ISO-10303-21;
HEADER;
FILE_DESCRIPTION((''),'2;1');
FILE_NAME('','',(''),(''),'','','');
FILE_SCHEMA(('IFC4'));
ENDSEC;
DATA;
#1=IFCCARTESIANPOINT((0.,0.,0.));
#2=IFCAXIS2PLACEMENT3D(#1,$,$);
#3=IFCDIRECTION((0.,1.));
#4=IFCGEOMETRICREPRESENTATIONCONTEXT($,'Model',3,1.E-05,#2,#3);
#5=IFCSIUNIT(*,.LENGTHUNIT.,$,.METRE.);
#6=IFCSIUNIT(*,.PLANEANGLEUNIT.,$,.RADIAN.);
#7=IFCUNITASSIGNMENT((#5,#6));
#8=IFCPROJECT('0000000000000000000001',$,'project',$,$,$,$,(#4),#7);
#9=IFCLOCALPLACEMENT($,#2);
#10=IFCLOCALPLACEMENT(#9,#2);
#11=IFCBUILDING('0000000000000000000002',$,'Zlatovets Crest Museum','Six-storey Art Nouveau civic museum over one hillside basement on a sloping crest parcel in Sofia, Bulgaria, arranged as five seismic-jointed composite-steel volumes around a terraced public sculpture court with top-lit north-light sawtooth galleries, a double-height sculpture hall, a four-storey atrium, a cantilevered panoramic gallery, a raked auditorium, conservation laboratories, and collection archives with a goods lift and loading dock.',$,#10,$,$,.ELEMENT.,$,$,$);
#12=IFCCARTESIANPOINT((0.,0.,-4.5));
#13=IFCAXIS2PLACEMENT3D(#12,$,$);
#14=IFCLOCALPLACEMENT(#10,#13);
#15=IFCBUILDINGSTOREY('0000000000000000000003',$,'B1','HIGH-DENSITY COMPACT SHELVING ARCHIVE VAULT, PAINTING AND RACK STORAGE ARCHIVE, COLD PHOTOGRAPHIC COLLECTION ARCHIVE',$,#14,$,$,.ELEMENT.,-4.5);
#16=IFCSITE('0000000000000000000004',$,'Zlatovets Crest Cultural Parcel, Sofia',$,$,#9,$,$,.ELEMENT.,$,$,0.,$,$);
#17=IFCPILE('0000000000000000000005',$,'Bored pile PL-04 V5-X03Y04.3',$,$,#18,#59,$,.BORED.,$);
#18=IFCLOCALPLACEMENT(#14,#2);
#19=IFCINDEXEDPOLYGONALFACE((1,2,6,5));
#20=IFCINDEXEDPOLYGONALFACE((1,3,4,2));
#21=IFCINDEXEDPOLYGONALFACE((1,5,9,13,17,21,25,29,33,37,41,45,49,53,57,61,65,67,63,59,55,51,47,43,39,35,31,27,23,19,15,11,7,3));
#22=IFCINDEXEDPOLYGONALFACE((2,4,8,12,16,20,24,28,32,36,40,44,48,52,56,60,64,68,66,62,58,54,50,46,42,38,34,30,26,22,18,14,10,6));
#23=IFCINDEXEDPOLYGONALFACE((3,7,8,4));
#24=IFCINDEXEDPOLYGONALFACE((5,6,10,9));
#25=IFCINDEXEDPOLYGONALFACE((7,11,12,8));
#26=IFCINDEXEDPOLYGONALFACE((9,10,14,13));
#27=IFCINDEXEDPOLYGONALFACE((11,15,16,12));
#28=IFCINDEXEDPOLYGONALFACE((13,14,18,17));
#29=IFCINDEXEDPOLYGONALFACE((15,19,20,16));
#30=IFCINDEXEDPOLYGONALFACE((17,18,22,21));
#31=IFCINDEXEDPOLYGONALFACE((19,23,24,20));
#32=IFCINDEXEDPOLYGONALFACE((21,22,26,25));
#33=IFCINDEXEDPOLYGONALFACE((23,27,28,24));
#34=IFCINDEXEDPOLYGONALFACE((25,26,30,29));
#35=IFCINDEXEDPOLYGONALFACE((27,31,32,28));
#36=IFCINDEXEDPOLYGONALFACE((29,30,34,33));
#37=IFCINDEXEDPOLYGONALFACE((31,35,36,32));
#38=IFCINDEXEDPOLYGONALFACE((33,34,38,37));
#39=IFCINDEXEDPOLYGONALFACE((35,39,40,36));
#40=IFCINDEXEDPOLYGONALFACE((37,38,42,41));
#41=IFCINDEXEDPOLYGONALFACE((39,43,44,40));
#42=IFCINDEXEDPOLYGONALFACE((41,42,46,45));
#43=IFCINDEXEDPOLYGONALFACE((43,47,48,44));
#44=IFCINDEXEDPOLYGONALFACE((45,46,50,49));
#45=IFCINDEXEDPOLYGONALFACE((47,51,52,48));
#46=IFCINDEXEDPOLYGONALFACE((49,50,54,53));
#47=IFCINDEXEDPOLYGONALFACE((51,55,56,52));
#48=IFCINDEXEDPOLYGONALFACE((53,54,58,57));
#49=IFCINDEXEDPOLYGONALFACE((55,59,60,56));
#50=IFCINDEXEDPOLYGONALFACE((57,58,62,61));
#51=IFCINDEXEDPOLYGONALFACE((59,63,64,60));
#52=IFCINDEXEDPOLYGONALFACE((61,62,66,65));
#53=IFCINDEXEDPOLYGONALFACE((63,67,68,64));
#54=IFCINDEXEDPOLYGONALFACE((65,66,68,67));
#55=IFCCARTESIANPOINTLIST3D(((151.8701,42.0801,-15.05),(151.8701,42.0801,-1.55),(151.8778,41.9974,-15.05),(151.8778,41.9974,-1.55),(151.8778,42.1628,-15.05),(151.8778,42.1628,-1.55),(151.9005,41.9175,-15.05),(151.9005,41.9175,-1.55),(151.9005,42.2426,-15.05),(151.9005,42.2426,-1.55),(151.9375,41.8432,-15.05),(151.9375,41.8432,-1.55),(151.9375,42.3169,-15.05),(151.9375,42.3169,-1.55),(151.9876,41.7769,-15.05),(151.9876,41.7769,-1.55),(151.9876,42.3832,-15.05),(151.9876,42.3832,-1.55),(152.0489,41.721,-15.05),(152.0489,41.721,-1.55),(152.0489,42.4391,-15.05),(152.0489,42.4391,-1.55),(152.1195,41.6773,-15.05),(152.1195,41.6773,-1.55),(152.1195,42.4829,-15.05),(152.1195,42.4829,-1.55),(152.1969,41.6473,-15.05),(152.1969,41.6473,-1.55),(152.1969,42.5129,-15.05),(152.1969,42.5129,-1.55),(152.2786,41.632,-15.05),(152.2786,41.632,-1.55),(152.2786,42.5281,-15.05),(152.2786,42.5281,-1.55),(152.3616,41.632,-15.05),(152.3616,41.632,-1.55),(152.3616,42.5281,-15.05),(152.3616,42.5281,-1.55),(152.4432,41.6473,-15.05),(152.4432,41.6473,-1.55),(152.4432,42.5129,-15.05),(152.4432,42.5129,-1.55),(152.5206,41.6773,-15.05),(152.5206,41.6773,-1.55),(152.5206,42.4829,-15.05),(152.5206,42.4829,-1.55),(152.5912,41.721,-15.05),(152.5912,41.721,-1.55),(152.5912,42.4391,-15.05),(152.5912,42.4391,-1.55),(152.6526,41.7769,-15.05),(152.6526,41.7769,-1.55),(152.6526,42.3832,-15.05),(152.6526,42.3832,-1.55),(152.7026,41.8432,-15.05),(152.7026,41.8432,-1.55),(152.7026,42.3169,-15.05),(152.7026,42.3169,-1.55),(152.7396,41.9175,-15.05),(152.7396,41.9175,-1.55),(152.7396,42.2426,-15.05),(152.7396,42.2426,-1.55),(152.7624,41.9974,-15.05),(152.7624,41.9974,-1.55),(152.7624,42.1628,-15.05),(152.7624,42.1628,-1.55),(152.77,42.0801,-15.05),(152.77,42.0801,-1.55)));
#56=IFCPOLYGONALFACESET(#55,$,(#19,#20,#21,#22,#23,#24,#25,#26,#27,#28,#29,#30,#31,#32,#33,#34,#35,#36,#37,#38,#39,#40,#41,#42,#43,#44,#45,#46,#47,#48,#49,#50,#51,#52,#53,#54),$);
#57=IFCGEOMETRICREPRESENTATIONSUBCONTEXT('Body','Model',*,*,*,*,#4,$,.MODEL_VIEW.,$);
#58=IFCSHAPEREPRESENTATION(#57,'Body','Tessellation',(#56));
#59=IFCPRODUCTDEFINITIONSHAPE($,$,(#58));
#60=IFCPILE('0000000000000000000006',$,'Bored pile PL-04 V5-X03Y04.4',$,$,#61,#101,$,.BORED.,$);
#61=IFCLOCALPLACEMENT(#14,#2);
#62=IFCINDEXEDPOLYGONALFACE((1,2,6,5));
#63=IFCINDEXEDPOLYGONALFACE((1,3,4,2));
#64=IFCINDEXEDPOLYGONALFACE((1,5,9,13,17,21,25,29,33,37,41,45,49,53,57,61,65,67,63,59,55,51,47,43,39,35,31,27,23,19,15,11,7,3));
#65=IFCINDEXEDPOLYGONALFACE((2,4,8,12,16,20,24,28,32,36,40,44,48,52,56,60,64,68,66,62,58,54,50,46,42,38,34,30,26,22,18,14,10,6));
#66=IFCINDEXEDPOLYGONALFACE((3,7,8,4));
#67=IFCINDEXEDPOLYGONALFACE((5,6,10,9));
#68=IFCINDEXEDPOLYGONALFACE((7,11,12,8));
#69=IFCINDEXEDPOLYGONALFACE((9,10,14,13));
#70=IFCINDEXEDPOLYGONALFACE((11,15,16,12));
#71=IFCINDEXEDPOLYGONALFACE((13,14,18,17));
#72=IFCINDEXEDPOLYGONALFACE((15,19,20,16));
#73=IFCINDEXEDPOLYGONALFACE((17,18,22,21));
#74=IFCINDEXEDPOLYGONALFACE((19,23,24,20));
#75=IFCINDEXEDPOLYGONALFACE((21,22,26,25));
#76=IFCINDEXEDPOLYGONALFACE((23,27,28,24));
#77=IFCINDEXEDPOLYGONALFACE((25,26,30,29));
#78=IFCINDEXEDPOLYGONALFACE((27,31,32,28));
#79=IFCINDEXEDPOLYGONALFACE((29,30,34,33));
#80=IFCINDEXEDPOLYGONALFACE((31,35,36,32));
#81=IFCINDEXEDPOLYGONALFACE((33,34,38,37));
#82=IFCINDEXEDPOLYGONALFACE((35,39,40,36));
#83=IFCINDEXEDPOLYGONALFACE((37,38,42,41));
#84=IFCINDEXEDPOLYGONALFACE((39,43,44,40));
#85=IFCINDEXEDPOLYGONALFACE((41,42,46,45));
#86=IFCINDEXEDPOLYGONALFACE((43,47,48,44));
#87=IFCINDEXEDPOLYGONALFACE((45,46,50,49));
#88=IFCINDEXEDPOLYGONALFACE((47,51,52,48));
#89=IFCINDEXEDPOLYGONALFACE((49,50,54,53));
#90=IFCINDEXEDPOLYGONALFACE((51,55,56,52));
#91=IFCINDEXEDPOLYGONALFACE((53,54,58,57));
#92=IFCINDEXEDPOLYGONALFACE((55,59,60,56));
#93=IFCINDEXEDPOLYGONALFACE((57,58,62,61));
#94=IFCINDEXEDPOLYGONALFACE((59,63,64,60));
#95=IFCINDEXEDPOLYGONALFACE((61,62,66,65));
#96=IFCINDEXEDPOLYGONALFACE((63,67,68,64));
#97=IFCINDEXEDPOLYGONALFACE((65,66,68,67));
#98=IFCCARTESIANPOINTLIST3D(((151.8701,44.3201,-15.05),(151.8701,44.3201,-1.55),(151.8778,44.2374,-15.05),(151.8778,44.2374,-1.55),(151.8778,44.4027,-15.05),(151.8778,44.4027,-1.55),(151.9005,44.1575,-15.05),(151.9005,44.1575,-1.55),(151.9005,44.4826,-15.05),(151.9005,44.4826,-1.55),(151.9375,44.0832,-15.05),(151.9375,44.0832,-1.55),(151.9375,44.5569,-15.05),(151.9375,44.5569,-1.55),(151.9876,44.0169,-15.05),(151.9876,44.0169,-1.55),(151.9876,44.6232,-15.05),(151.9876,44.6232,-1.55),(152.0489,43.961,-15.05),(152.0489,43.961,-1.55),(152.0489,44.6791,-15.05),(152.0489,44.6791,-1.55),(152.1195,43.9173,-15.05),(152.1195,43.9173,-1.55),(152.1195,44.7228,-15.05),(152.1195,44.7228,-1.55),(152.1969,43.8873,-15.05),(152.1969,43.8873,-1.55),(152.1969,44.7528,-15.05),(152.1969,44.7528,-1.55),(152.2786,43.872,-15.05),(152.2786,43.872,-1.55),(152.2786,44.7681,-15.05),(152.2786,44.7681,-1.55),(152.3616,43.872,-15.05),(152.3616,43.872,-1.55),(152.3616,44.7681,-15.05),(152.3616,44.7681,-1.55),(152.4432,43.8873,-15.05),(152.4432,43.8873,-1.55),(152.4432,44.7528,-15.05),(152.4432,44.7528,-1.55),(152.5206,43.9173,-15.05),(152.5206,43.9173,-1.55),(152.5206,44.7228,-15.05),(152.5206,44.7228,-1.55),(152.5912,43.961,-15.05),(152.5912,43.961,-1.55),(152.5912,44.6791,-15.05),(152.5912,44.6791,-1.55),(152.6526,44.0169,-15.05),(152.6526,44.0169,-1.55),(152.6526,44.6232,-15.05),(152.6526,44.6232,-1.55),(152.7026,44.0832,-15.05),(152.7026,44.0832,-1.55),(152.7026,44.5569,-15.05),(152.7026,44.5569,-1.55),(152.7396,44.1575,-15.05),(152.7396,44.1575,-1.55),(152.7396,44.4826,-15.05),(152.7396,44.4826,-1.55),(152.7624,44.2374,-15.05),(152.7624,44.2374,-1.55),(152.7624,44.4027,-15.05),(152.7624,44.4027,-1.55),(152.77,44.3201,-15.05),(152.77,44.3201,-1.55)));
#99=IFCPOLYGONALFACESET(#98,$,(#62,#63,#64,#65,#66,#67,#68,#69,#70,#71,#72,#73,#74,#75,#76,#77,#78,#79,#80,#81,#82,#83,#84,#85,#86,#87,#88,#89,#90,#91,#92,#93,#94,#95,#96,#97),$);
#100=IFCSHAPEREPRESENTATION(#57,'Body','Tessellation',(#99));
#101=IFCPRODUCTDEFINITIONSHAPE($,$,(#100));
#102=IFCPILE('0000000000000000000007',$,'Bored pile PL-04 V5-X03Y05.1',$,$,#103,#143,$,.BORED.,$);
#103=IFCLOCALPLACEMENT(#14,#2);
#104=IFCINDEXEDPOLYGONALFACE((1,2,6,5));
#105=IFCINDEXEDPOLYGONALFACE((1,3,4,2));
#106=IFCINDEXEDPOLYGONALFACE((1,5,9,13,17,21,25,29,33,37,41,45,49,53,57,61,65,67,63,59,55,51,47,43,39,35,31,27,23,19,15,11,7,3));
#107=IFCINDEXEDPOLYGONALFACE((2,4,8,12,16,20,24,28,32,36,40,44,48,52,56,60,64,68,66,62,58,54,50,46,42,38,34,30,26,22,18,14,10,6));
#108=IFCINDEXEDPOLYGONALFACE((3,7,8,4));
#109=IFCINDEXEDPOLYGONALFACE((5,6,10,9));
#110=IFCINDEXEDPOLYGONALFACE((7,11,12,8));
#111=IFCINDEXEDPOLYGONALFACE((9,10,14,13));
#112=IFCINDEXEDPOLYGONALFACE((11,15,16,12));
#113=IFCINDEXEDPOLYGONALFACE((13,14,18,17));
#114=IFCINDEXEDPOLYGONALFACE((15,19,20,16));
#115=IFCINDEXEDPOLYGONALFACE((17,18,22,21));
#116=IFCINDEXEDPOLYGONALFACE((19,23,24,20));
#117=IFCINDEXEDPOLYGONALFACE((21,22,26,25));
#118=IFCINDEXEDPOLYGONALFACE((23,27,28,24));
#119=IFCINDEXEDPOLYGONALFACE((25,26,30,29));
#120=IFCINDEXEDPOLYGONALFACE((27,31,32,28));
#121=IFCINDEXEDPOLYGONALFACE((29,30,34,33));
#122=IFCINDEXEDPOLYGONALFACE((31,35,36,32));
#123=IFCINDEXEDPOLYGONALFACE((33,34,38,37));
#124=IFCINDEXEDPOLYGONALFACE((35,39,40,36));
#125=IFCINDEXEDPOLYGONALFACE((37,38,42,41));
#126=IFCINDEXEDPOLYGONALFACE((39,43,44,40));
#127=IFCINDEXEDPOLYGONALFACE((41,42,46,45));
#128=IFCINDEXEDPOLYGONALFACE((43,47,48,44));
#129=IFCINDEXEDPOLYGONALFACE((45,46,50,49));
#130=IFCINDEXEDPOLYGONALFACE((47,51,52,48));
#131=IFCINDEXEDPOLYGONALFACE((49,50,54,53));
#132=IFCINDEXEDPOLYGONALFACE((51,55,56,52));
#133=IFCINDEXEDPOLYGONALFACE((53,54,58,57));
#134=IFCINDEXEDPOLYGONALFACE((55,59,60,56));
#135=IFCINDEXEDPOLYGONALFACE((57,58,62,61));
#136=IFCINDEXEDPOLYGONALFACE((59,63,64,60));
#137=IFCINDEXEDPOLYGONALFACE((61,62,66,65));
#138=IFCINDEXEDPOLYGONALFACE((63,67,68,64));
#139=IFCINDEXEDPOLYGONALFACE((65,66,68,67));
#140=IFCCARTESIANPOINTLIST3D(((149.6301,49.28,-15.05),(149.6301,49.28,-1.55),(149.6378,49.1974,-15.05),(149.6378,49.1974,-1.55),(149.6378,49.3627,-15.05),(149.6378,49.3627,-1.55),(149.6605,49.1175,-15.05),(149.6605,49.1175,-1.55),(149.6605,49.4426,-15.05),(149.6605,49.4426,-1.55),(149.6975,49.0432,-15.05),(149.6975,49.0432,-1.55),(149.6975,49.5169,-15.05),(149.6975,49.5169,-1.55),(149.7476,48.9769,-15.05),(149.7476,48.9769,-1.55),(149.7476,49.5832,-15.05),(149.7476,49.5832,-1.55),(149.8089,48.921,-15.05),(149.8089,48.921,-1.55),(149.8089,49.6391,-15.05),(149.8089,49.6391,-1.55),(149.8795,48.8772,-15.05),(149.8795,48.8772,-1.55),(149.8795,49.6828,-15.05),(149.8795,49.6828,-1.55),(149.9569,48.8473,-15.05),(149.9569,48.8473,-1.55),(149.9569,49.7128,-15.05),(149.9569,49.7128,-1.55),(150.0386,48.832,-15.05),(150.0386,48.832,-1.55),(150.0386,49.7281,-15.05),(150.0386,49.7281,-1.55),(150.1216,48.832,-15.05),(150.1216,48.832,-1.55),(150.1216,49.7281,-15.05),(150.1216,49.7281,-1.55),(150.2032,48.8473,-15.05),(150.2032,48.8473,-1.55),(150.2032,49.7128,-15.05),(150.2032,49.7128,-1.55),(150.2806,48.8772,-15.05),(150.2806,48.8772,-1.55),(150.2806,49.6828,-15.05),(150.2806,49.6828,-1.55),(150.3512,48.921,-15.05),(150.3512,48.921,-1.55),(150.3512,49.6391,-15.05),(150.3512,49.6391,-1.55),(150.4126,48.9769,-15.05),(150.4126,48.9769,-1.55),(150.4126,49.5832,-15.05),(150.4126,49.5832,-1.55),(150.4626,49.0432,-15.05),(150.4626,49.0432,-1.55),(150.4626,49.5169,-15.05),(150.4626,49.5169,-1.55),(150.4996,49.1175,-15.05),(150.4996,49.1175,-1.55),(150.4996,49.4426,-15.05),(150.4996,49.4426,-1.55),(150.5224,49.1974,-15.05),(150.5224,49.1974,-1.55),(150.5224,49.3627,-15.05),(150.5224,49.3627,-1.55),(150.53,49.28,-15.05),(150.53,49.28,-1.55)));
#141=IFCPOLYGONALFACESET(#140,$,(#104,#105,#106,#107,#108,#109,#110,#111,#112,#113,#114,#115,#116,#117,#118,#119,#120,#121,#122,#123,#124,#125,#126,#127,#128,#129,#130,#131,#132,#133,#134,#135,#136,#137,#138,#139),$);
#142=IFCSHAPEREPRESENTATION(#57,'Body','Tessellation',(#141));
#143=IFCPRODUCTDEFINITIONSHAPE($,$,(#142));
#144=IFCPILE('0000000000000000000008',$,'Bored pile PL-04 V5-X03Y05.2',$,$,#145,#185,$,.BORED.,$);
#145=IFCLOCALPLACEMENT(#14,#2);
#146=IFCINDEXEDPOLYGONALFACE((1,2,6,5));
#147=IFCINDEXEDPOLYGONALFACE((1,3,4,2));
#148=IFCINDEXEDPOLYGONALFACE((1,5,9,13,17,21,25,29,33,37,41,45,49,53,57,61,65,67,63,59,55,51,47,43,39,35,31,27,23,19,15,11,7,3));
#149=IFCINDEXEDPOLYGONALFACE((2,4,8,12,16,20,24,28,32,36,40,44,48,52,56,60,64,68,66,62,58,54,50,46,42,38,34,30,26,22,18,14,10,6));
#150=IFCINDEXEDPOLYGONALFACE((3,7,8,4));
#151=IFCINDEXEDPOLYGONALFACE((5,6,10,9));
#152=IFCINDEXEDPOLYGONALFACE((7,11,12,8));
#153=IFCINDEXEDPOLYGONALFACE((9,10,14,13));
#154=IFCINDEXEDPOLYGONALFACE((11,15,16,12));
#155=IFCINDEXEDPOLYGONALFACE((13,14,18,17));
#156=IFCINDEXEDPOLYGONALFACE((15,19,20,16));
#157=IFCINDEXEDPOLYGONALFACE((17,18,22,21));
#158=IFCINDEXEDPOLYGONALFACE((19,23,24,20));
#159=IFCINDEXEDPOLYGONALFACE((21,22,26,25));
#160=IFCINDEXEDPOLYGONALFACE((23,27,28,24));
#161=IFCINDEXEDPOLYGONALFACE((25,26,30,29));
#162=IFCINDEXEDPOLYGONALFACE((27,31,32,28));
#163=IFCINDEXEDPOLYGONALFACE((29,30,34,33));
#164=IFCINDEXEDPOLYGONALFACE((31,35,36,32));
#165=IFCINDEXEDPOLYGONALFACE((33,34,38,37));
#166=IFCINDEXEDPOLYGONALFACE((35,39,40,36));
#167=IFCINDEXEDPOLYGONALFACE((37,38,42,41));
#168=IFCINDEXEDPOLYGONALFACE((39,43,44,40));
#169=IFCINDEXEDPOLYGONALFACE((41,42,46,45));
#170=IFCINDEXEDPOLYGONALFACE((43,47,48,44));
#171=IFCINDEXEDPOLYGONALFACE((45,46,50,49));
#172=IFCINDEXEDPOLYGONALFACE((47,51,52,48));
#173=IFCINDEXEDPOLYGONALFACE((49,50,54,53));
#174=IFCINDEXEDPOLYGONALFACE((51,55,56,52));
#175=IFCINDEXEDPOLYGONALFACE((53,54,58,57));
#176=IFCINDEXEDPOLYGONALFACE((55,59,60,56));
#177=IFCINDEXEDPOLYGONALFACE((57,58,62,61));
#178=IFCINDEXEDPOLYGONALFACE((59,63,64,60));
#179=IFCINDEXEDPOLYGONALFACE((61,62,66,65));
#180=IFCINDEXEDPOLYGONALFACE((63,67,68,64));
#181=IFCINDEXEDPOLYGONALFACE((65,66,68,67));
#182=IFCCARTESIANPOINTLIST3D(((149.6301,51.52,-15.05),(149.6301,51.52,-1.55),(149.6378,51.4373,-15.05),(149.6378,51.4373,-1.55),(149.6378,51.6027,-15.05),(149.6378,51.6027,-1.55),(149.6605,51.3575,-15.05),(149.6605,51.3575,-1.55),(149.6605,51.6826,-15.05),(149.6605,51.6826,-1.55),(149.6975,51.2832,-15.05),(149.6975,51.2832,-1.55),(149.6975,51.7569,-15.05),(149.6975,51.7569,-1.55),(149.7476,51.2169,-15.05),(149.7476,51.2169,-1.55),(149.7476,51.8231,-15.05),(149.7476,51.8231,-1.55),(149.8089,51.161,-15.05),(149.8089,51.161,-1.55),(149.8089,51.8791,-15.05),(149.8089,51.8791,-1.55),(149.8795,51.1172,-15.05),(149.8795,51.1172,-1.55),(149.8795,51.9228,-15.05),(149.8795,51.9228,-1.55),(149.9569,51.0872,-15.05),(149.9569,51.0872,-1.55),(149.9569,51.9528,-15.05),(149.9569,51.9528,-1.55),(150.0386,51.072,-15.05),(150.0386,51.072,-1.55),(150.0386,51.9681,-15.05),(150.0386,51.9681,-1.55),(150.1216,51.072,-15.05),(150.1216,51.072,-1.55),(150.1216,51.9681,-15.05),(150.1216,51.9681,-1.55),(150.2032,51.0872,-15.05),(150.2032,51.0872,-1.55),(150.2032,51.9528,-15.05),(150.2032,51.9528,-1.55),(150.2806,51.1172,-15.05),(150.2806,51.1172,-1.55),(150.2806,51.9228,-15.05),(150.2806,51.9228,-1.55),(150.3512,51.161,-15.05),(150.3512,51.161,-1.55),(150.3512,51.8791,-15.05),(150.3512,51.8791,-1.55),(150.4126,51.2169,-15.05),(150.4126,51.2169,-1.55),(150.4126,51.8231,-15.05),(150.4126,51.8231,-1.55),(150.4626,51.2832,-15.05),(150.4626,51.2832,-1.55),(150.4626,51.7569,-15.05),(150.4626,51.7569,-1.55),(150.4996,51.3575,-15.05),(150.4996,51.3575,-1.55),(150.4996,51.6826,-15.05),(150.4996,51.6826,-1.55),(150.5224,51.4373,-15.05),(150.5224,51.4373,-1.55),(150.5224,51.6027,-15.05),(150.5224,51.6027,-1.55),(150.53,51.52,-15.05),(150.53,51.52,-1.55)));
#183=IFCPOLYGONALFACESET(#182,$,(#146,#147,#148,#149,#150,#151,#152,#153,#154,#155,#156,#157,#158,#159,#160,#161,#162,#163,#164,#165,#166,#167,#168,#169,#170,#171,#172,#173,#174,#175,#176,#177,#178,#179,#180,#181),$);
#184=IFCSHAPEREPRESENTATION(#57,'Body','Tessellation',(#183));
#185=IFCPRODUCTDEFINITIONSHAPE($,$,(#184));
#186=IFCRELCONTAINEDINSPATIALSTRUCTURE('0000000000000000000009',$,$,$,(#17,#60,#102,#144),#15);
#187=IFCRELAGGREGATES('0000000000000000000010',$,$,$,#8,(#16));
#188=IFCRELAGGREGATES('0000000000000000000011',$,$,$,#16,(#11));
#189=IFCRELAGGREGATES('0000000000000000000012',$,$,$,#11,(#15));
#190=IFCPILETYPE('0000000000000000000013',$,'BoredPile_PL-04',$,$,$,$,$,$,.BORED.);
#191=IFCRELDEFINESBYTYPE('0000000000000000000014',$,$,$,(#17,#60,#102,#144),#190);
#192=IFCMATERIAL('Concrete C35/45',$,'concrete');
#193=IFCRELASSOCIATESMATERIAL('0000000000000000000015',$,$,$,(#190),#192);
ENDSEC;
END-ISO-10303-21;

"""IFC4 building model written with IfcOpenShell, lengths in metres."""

from ifc_helpers import new_model, si_unit, direction, frame, origin, origin_2d, place, context, subcontext, project, spatial, circle, extrude, material, material_profile, profile_set, type_object, element, save


model = new_model("IFC4")

# Units and contexts
model_context = context("Model", 3, precision=1e-05, world=origin(), true_north=direction((0.0, 1.0)))
body_context = subcontext(model_context, "Body", "Model", "MODEL_VIEW")
ifc_project = project(units=[si_unit("LENGTHUNIT", "METRE"), si_unit("PLANEANGLEUNIT", "RADIAN")], contexts=[model_context])

# Site, building, storey
site_placement = place(None, origin())
site = spatial("IfcSite", under=ifc_project, at=site_placement, Name="Zlatovets Crest Cultural Parcel, Sofia", CompositionType="ELEMENT", RefElevation=0.0)
building_placement = place(site_placement, origin())
building = spatial("IfcBuilding", under=site, at=building_placement, Name="Zlatovets Crest Museum", Description="Six-storey Art Nouveau civic museum over one hillside basement on a sloping crest parcel in Sofia, Bulgaria, arranged as five seismic-jointed composite-steel volumes around a terraced public sculpture court with top-lit north-light sawtooth galleries, a double-height sculpture hall, a four-storey atrium, a cantilevered panoramic gallery, a raked auditorium, conservation laboratories, and collection archives with a goods lift and loading dock.", CompositionType="ELEMENT")
storey_placement = place(building_placement, frame((0.0, 0.0, -4.5)))
storey = spatial("IfcBuildingStorey", under=building, at=storey_placement, Name="B1", Description="HIGH-DENSITY COMPACT SHELVING ARCHIVE VAULT, PAINTING AND RACK STORAGE ARCHIVE, COLD PHOTOGRAPHIC COLLECTION ARCHIVE", CompositionType="ELEMENT", Elevation=-4.5)

# Piles
ifc_material = material(Name="Concrete C35/45", Category="concrete")
ifc_material_profile_1 = material_profile(ifc_material, circle(Radius=0.45, at=origin_2d()), Name="PILE D900")
ifc_profile_set_1 = profile_set([ifc_material_profile_1], Name="Concrete C35/45")
pile_type = type_object("IfcPileType", Name="BoredPile_PL-04", PredefinedType="BORED", material=ifc_profile_set_1)
for number, where, z_axis, x_axis, name in (
    (1, (152.3201, 42.0801, -1.55), (0.0, 0.0, -1.0), (1.0, 0.0, 0.0), "Bored pile PL-04 V5-X03Y04.3"),
    (2, (152.3201, 44.3201, -1.55), (0.0, 0.0, -1.0), (1.0, 0.0, 0.0), "Bored pile PL-04 V5-X03Y04.4"),
    (3, (150.0801, 49.28, -1.55), (0.0, 0.0, -1.0), (1.0, 0.0, 0.0), "Bored pile PL-04 V5-X03Y05.1"),
    (4, (150.0801, 51.52, -1.55), (0.0, 0.0, -1.0), (1.0, 0.0, 0.0), "Bored pile PL-04 V5-X03Y05.2"),
):
    element("IfcPile", number, at=place(storey_placement, frame(where, z_axis=z_axis, x_axis=x_axis)), inside=storey, type_object=pile_type, Name=name, PredefinedType="BORED", context=body_context, shape_type="SweptSolid", body=[
        extrude(circle(Radius=0.45, at=origin_2d()), origin(), (0.0, 0.0, 1.0), 13.5),
    ])

save(model, "model.ifc")
